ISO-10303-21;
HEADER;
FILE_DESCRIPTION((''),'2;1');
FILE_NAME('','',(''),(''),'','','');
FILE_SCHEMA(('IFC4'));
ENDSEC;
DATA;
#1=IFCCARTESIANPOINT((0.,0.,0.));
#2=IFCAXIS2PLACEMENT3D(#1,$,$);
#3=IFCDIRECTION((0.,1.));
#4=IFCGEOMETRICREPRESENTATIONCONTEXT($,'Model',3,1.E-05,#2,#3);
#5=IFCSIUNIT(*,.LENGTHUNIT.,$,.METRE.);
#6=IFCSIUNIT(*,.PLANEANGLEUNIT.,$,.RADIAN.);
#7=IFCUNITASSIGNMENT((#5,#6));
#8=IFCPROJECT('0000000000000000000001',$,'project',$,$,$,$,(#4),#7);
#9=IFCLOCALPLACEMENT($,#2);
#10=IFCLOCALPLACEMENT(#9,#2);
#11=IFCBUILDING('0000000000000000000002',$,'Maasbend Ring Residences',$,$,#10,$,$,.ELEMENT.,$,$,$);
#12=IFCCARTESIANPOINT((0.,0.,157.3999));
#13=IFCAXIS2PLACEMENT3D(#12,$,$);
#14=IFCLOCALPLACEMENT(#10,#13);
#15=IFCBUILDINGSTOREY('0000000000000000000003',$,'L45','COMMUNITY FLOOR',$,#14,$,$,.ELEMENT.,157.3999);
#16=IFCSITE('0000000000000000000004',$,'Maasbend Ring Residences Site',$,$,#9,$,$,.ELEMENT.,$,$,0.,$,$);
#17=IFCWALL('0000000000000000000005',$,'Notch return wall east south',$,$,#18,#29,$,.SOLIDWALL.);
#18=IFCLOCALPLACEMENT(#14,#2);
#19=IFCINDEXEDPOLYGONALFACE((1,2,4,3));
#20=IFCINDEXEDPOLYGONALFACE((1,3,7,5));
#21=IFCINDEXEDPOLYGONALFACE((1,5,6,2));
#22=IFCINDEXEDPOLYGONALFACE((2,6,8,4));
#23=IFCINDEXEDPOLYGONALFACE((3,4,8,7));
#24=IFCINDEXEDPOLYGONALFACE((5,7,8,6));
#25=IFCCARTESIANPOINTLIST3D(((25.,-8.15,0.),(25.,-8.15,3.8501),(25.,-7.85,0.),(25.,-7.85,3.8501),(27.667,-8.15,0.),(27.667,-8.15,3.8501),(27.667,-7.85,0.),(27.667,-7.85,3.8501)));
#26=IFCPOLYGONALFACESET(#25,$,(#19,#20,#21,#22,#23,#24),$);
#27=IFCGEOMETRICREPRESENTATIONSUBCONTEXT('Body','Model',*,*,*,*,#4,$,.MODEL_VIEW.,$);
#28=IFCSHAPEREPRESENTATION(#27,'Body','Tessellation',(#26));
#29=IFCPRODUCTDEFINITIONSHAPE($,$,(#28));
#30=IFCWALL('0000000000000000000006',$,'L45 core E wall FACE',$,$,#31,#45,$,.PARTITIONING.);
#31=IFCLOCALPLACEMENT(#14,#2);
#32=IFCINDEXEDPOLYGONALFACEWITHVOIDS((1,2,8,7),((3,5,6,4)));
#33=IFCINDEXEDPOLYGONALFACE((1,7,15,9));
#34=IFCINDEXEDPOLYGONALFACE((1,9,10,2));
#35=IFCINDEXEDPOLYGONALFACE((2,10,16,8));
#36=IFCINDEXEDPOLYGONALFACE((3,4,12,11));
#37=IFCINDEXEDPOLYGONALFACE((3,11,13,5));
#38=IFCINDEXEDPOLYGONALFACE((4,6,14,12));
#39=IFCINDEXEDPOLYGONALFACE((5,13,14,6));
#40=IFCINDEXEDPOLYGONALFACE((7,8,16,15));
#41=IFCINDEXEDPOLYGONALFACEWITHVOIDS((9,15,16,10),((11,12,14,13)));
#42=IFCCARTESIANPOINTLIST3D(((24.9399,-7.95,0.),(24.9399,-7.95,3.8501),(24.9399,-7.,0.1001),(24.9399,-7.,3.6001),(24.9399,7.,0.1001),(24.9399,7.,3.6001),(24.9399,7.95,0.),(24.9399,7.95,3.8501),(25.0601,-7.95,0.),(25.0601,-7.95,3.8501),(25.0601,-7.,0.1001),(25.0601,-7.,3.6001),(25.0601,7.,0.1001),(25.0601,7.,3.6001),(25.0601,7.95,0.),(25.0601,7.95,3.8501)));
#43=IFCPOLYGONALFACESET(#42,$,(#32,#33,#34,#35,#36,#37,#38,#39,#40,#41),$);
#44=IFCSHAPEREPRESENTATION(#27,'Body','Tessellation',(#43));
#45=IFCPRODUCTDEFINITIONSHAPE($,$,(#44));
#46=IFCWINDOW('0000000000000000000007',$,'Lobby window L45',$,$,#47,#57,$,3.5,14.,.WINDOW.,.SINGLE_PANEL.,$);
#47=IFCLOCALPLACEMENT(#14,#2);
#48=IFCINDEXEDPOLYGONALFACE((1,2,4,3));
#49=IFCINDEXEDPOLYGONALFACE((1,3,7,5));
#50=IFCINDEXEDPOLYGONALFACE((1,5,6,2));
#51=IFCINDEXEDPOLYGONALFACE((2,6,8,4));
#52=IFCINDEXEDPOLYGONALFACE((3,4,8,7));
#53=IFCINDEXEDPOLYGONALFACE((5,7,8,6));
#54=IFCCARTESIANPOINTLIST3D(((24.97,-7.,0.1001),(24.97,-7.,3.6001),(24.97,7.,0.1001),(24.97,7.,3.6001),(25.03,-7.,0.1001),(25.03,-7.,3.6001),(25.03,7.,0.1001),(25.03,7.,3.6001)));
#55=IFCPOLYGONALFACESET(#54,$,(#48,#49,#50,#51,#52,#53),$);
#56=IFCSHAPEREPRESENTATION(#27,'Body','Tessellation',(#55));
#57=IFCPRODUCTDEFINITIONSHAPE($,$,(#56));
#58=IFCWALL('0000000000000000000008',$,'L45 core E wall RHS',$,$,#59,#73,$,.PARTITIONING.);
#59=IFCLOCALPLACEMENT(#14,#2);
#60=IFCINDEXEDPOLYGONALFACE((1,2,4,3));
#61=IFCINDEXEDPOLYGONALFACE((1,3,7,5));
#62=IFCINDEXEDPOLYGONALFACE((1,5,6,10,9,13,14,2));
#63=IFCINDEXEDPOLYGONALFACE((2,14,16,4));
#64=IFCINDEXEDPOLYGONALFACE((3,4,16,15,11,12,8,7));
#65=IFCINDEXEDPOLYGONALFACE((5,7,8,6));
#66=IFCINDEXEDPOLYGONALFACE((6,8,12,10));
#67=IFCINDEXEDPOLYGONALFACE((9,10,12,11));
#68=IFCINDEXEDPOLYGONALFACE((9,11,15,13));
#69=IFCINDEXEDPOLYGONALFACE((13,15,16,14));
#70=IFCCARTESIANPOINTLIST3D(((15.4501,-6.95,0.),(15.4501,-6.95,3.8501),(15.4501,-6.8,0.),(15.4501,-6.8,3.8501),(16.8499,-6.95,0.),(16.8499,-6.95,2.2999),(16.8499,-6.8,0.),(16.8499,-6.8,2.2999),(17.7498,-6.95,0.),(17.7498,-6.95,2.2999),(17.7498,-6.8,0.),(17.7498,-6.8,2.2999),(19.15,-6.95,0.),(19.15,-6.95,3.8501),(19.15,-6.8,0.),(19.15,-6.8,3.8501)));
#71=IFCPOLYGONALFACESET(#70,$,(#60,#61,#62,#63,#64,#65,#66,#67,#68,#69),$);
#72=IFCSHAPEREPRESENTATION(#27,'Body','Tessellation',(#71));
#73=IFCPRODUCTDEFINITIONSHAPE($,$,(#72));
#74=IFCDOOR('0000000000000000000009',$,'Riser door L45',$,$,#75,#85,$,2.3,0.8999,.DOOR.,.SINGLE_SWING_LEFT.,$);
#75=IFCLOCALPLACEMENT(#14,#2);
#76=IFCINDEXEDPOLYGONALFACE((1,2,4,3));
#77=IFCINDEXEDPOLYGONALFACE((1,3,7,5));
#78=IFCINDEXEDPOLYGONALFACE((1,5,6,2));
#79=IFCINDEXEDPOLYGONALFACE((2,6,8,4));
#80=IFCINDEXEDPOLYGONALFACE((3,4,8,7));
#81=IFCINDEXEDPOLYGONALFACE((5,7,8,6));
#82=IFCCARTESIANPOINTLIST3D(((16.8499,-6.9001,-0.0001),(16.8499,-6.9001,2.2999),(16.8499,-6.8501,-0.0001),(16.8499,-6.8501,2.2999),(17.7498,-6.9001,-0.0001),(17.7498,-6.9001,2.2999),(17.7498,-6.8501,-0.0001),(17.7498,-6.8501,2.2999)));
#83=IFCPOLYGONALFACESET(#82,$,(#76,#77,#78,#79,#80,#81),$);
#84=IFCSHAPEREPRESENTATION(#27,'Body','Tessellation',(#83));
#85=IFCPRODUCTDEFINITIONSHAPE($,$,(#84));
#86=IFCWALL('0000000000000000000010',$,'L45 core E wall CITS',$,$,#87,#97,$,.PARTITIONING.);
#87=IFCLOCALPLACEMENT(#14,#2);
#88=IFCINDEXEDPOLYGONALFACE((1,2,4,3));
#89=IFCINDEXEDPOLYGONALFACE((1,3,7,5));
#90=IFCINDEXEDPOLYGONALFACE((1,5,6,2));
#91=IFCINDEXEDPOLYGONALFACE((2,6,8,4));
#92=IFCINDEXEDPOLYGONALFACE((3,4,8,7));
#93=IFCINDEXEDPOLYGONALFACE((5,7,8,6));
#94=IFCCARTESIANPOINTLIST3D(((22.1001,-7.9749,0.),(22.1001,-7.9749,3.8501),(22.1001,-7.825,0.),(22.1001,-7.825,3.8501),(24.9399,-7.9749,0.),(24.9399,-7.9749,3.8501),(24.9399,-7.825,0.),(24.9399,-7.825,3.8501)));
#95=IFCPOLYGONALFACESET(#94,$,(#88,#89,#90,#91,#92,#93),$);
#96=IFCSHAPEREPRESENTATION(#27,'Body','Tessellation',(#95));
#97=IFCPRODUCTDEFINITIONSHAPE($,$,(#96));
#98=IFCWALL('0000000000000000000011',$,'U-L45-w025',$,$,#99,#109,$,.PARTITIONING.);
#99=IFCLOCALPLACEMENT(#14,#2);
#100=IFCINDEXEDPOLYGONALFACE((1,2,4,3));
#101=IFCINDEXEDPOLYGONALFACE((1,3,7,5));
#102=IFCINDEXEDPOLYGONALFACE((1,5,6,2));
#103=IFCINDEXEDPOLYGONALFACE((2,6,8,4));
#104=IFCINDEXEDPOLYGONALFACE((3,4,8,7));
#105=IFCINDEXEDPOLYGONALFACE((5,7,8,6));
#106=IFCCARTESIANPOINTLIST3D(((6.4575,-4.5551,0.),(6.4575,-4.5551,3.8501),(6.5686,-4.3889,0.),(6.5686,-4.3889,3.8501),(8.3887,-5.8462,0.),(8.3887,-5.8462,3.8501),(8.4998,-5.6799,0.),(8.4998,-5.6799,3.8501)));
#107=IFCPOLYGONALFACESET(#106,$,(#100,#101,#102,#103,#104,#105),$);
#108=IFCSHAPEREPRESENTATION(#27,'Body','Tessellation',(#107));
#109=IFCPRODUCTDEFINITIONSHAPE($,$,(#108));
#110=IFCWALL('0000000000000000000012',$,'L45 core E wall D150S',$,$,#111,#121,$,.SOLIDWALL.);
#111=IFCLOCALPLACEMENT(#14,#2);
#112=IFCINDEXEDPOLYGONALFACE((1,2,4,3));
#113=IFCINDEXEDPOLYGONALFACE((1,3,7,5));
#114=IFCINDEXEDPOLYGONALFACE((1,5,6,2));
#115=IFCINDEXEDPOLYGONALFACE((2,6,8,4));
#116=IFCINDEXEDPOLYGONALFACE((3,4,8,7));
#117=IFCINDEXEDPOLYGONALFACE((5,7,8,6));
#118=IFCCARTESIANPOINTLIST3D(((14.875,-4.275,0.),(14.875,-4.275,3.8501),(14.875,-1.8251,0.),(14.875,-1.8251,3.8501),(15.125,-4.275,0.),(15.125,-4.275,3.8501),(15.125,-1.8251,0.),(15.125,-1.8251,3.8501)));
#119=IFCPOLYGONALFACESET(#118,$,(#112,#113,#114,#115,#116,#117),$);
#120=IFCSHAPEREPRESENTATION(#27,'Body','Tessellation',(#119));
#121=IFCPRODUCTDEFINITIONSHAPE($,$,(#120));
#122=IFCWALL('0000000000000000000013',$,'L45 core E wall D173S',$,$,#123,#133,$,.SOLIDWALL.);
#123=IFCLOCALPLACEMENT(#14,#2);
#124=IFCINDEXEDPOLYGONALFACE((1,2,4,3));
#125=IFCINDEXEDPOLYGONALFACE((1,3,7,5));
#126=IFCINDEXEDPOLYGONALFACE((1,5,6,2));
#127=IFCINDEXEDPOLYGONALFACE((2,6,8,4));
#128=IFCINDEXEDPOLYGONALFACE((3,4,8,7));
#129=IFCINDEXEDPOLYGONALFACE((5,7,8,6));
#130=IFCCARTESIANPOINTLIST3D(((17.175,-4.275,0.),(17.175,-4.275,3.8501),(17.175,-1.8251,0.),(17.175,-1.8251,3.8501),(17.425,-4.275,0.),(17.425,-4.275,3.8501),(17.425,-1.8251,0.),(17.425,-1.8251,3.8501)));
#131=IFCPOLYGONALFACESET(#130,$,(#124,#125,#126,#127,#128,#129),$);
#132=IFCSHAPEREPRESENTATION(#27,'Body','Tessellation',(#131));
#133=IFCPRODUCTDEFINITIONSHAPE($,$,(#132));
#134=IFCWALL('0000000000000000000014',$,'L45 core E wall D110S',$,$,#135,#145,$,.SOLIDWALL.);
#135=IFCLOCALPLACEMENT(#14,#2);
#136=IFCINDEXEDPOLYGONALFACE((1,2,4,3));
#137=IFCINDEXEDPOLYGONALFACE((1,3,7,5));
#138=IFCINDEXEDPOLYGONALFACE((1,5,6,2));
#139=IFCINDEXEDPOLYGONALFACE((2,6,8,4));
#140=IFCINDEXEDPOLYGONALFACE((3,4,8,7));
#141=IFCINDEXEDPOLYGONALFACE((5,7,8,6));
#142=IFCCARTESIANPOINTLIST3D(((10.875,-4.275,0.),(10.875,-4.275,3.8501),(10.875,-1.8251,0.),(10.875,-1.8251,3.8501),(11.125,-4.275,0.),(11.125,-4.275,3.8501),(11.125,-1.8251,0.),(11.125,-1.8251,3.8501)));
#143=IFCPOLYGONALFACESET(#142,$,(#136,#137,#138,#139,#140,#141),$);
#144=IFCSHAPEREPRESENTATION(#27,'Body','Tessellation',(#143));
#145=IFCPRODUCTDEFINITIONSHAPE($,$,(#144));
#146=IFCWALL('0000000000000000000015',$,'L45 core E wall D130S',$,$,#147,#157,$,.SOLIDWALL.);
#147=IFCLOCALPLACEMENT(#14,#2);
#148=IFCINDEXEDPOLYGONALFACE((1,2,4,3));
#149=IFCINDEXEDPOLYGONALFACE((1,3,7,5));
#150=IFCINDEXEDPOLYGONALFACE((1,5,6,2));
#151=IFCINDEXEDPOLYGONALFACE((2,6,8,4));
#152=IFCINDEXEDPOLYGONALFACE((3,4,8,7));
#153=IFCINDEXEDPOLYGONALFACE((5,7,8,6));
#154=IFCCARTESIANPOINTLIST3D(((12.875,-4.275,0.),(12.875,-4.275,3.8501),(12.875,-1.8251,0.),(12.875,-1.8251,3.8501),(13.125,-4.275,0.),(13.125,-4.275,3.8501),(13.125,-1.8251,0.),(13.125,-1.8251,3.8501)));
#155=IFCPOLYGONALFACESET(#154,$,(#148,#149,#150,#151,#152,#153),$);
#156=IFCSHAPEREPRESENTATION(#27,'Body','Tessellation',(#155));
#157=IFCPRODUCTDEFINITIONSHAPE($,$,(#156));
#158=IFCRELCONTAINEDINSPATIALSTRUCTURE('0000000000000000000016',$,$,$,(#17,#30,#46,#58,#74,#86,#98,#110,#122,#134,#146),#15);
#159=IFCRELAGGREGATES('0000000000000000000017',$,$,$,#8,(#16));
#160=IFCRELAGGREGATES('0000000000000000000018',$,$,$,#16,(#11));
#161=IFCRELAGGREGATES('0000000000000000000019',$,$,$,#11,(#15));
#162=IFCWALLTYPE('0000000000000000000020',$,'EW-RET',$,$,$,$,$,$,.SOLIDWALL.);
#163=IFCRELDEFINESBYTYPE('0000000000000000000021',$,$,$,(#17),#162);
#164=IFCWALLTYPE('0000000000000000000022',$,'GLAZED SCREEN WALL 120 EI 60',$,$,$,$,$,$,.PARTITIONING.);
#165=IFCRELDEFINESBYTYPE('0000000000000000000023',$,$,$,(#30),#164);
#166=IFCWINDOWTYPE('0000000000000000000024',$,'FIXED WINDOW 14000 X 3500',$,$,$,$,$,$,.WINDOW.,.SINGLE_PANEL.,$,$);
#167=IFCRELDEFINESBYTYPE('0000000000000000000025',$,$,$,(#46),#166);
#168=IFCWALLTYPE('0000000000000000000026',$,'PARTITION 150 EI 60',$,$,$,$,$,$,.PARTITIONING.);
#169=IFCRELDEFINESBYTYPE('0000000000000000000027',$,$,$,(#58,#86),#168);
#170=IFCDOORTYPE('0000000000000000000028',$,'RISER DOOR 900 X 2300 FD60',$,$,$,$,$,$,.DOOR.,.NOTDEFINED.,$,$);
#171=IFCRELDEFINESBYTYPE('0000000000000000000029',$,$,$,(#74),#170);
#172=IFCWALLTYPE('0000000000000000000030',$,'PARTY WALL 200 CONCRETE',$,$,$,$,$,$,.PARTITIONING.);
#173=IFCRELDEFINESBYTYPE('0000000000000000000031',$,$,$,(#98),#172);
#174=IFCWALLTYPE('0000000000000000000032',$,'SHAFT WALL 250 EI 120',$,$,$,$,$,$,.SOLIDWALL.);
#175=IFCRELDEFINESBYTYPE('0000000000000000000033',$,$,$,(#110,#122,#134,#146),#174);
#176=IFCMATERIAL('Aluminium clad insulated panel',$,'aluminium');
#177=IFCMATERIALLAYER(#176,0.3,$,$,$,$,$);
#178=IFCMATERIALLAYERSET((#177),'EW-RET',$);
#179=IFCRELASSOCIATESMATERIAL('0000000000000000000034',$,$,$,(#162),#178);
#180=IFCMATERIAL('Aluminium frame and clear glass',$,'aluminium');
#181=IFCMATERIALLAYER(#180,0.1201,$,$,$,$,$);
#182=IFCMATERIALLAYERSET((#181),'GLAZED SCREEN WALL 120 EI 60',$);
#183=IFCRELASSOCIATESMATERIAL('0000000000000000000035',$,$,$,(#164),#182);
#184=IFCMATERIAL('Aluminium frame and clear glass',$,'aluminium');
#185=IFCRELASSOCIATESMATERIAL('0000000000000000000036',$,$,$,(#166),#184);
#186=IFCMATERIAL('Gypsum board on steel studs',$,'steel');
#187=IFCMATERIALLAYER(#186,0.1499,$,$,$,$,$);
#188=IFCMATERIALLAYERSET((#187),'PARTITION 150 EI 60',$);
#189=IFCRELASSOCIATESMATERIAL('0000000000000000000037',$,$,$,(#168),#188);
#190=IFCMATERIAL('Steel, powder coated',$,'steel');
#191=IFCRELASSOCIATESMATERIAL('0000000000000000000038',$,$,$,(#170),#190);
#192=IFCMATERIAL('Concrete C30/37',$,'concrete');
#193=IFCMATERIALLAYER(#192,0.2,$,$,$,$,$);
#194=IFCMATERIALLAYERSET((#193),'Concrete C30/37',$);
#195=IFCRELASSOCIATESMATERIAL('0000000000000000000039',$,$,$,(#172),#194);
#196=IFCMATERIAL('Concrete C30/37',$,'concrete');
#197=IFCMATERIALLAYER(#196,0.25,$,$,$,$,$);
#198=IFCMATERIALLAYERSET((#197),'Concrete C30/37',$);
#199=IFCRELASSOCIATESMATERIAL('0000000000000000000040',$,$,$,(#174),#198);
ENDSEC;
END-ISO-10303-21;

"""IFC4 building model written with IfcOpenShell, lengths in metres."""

from ifc_helpers import new_model, si_unit, direction, frame, frame_2d, origin, place, context, subcontext, project, spatial, rectangle, extrude, material, layer, layer_set, type_object, element, fill, save


model = new_model("IFC4")

# Units and contexts
model_context = context("Model", 3, precision=1e-05, world=origin(), true_north=direction((0.0, 1.0)))
body_context = subcontext(model_context, "Body", "Model", "MODEL_VIEW")
ifc_project = project(units=[si_unit("LENGTHUNIT", "METRE"), si_unit("PLANEANGLEUNIT", "RADIAN")], contexts=[model_context])

# Site, building, storey
site_placement = place(None, origin())
site = spatial("IfcSite", under=ifc_project, at=site_placement, Name="Maasbend Ring Residences Site", CompositionType="ELEMENT", RefElevation=0.0)
building_placement = place(site_placement, origin())
building = spatial("IfcBuilding", under=site, at=building_placement, Name="Maasbend Ring Residences", CompositionType="ELEMENT")
storey_placement = place(building_placement, frame((0.0, 0.0, 157.3999)))
storey = spatial("IfcBuildingStorey", under=building, at=storey_placement, Name="L45", Description="COMMUNITY FLOOR", CompositionType="ELEMENT", Elevation=157.3999)

# Wall
ifc_material_1 = material(Name="Aluminium clad insulated panel", Category="aluminium")
ifc_layer_1 = layer(ifc_material_1, 0.3)
ifc_layer_set_1 = layer_set([ifc_layer_1], Name="EW-RET")
wall_type_1 = type_object("IfcWallType", Name="EW-RET", PredefinedType="SOLIDWALL", material=ifc_layer_set_1)
wall_1_placement = place(storey_placement, frame((25.0, -8.0, 0.0), z_axis=(0.0, 0.0, 1.0), x_axis=(1.0, 0.0, 0.0)))
element("IfcWall", 1, at=wall_1_placement, inside=storey, type_object=wall_type_1, Name="Notch return wall east south", PredefinedType="SOLIDWALL", context=body_context, shape_type="SweptSolid", body=[
    extrude(rectangle(XDim=2.667, YDim=0.3, at=frame_2d((1.3335, 0.0))), origin(), (0.0, 0.0, 1.0), 3.8501),
])

# Wall, opening, window
ifc_material_2 = material(Name="Aluminium frame and clear glass", Category="aluminium")
ifc_layer_2 = layer(ifc_material_2, 0.1201)
ifc_layer_set_2 = layer_set([ifc_layer_2], Name="GLAZED SCREEN WALL 120 EI 60")
wall_type_2 = type_object("IfcWallType", Name="GLAZED SCREEN WALL 120 EI 60", PredefinedType="PARTITIONING", material=ifc_layer_set_2)
wall_2_placement = place(storey_placement, frame((25.0, -7.95, 0.0), z_axis=(0.0, 0.0, 1.0), x_axis=(0.0, 1.0, 0.0)))
wall_2 = element("IfcWall", 2, at=wall_2_placement, inside=storey, type_object=wall_type_2, Name="L45 core E wall FACE", PredefinedType="PARTITIONING", context=body_context, shape_type="SweptSolid", body=[
    extrude(rectangle(XDim=15.8999, YDim=0.1201, at=frame_2d((7.95, 0.0))), origin(), (0.0, 0.0, 1.0), 3.8501),
])
opening_1_placement = place(wall_2_placement, frame((0.95, 0.0, 0.1001)))
opening_1 = element("IfcOpeningElement", 3, at=opening_1_placement, cuts=wall_2, PredefinedType="OPENING", context=body_context, shape_type="SweptSolid", body=[
    extrude(rectangle(XDim=14.0, YDim=3.5, at=frame_2d((7.0, 1.75))), frame((0.0, 0.0701, 0.0), z_axis=(0.0, -1.0, 0.0), x_axis=(1.0, 0.0, 0.0)), (0.0, 0.0, 1.0), 0.1401),
])
ifc_material_3 = material(Name="Aluminium frame and clear glass", Category="aluminium")
window_type = type_object("IfcWindowType", Name="FIXED WINDOW 14000 X 3500", PartitioningType="SINGLE_PANEL", PredefinedType="WINDOW", material=ifc_material_3)
window_placement = place(opening_1_placement, origin())
window = element("IfcWindow", 4, at=window_placement, inside=storey, type_object=window_type, Name="Lobby window L45", OverallHeight=3.5, OverallWidth=14.0, PartitioningType="SINGLE_PANEL", PredefinedType="WINDOW", context=body_context, shape_type="SweptSolid", body=[
    extrude(rectangle(XDim=14.0, YDim=3.5, at=frame_2d((7.0, 1.75))), frame((0.0, 0.03, 0.0), z_axis=(0.0, -1.0, 0.0), x_axis=(1.0, 0.0, 0.0)), (0.0, 0.0, 1.0), 0.0601),
])
fill(opening_1, window)

# Wall, opening, door
ifc_material_4 = material(Name="Gypsum board on steel studs", Category="steel")
ifc_layer_3 = layer(ifc_material_4, 0.1499)
ifc_layer_set_3 = layer_set([ifc_layer_3], Name="PARTITION 150 EI 60")
wall_type_3 = type_object("IfcWallType", Name="PARTITION 150 EI 60", PredefinedType="PARTITIONING", material=ifc_layer_set_3)
wall_3_placement = place(storey_placement, frame((15.45, -6.875, 0.0), z_axis=(0.0, 0.0, 1.0), x_axis=(1.0, 0.0, 0.0)))
wall_3 = element("IfcWall", 5, at=wall_3_placement, inside=storey, type_object=wall_type_3, Name="L45 core E wall RHS", PredefinedType="PARTITIONING", context=body_context, shape_type="SweptSolid", body=[
    extrude(rectangle(XDim=3.7, YDim=0.1499, at=frame_2d((1.8501, 0.0))), origin(), (0.0, 0.0, 1.0), 3.8501),
])
opening_2_placement = place(wall_3_placement, frame((1.3999, 0.0, 0.0)))
opening_2 = element("IfcOpeningElement", 6, at=opening_2_placement, cuts=wall_3, PredefinedType="OPENING", context=body_context, shape_type="SweptSolid", body=[
    extrude(rectangle(XDim=0.8999, YDim=2.3, at=frame_2d((0.45, 1.1499))), frame((0.0, 0.085, 0.0), z_axis=(0.0, -1.0, 0.0), x_axis=(1.0, 0.0, 0.0)), (0.0, 0.0, 1.0), 0.1699),
])
ifc_material_5 = material(Name="Steel, powder coated", Category="steel")
door_type_1 = type_object("IfcDoorType", Name="RISER DOOR 900 X 2300 FD60", OperationType="NOTDEFINED", PredefinedType="DOOR", material=ifc_material_5)
door_1_placement = place(opening_2_placement, origin())
door_1 = element("IfcDoor", 7, at=door_1_placement, inside=storey, type_object=door_type_1, Name="Riser door L45", OperationType="SINGLE_SWING_LEFT", OverallHeight=2.3, OverallWidth=0.8999, PredefinedType="DOOR", context=body_context, shape_type="SweptSolid", body=[
    extrude(rectangle(XDim=0.8999, YDim=2.3, at=frame_2d((0.45, 1.1499))), frame((0.0, 0.0249, 0.0), z_axis=(0.0, -1.0, 0.0), x_axis=(1.0, 0.0, 0.0)), (0.0, 0.0, 1.0), 0.05),
])
fill(opening_2, door_1)

# Walls
wall_4_placement = place(storey_placement, frame((22.1001, -7.8999, 0.0), z_axis=(0.0, 0.0, 1.0), x_axis=(1.0, 0.0, 0.0)))
element("IfcWall", 8, at=wall_4_placement, inside=storey, type_object=wall_type_3, Name="L45 core E wall CITS", PredefinedType="PARTITIONING", context=body_context, shape_type="SweptSolid", body=[
    extrude(rectangle(XDim=2.8398, YDim=0.1499, at=frame_2d((1.4199, 0.0))), origin(), (0.0, 0.0, 1.0), 3.8501),
])
ifc_material_6 = material(Name="Concrete C30/37", Category="concrete")
ifc_layer_4 = layer(ifc_material_6, 0.2)
ifc_layer_set_4 = layer_set([ifc_layer_4], Name="Concrete C30/37")
wall_type_4 = type_object("IfcWallType", Name="PARTY WALL 200 CONCRETE", PredefinedType="PARTITIONING", material=ifc_layer_set_4)
wall_5_placement = place(storey_placement, frame((6.5129, -4.4719, 0.0), z_axis=(0.0, 0.0, 1.0), x_axis=(0.831338, -0.555767, 0.0)))
element("IfcWall", 9, at=wall_5_placement, inside=storey, type_object=wall_type_4, Name="U-L45-w025", PredefinedType="PARTITIONING", context=body_context, shape_type="SweptSolid", body=[
    extrude(rectangle(XDim=2.323, YDim=0.2, at=frame_2d((1.1616, 0.0))), origin(), (0.0, 0.0, 1.0), 3.8501),
])
ifc_material_7 = material(Name="Concrete C30/37", Category="concrete")
ifc_layer_5 = layer(ifc_material_7, 0.25)
ifc_layer_set_5 = layer_set([ifc_layer_5], Name="Concrete C30/37")
wall_type_5 = type_object("IfcWallType", Name="SHAFT WALL 250 EI 120", PredefinedType="SOLIDWALL", material=ifc_layer_set_5)
for number, where, z_axis, x_axis, name in (
    (10, (15.0, -1.825, 0.0), (0.0, 0.0, 1.0), (0.0, -1.0, 0.0), "L45 core E wall D150S"),
    (11, (17.3, -1.825, 0.0), (0.0, 0.0, 1.0), (0.0, -1.0, 0.0), "L45 core E wall D173S"),
    (12, (11.0, -1.825, 0.0), (0.0, 0.0, 1.0), (0.0, -1.0, 0.0), "L45 core E wall D110S"),
    (13, (13.0, -1.825, 0.0), (0.0, 0.0, 1.0), (0.0, -1.0, 0.0), "L45 core E wall D130S"),
):
    element("IfcWall", number, at=place(storey_placement, frame(where, z_axis=z_axis, x_axis=x_axis)), inside=storey, type_object=wall_type_5, Name=name, PredefinedType="SOLIDWALL", context=body_context, shape_type="SweptSolid", body=[
        extrude(rectangle(XDim=2.45, YDim=0.25, at=frame_2d((1.2251, 0.0))), origin(), (0.0, 0.0, 1.0), 3.8501),
    ])

save(model, "model.ifc")
